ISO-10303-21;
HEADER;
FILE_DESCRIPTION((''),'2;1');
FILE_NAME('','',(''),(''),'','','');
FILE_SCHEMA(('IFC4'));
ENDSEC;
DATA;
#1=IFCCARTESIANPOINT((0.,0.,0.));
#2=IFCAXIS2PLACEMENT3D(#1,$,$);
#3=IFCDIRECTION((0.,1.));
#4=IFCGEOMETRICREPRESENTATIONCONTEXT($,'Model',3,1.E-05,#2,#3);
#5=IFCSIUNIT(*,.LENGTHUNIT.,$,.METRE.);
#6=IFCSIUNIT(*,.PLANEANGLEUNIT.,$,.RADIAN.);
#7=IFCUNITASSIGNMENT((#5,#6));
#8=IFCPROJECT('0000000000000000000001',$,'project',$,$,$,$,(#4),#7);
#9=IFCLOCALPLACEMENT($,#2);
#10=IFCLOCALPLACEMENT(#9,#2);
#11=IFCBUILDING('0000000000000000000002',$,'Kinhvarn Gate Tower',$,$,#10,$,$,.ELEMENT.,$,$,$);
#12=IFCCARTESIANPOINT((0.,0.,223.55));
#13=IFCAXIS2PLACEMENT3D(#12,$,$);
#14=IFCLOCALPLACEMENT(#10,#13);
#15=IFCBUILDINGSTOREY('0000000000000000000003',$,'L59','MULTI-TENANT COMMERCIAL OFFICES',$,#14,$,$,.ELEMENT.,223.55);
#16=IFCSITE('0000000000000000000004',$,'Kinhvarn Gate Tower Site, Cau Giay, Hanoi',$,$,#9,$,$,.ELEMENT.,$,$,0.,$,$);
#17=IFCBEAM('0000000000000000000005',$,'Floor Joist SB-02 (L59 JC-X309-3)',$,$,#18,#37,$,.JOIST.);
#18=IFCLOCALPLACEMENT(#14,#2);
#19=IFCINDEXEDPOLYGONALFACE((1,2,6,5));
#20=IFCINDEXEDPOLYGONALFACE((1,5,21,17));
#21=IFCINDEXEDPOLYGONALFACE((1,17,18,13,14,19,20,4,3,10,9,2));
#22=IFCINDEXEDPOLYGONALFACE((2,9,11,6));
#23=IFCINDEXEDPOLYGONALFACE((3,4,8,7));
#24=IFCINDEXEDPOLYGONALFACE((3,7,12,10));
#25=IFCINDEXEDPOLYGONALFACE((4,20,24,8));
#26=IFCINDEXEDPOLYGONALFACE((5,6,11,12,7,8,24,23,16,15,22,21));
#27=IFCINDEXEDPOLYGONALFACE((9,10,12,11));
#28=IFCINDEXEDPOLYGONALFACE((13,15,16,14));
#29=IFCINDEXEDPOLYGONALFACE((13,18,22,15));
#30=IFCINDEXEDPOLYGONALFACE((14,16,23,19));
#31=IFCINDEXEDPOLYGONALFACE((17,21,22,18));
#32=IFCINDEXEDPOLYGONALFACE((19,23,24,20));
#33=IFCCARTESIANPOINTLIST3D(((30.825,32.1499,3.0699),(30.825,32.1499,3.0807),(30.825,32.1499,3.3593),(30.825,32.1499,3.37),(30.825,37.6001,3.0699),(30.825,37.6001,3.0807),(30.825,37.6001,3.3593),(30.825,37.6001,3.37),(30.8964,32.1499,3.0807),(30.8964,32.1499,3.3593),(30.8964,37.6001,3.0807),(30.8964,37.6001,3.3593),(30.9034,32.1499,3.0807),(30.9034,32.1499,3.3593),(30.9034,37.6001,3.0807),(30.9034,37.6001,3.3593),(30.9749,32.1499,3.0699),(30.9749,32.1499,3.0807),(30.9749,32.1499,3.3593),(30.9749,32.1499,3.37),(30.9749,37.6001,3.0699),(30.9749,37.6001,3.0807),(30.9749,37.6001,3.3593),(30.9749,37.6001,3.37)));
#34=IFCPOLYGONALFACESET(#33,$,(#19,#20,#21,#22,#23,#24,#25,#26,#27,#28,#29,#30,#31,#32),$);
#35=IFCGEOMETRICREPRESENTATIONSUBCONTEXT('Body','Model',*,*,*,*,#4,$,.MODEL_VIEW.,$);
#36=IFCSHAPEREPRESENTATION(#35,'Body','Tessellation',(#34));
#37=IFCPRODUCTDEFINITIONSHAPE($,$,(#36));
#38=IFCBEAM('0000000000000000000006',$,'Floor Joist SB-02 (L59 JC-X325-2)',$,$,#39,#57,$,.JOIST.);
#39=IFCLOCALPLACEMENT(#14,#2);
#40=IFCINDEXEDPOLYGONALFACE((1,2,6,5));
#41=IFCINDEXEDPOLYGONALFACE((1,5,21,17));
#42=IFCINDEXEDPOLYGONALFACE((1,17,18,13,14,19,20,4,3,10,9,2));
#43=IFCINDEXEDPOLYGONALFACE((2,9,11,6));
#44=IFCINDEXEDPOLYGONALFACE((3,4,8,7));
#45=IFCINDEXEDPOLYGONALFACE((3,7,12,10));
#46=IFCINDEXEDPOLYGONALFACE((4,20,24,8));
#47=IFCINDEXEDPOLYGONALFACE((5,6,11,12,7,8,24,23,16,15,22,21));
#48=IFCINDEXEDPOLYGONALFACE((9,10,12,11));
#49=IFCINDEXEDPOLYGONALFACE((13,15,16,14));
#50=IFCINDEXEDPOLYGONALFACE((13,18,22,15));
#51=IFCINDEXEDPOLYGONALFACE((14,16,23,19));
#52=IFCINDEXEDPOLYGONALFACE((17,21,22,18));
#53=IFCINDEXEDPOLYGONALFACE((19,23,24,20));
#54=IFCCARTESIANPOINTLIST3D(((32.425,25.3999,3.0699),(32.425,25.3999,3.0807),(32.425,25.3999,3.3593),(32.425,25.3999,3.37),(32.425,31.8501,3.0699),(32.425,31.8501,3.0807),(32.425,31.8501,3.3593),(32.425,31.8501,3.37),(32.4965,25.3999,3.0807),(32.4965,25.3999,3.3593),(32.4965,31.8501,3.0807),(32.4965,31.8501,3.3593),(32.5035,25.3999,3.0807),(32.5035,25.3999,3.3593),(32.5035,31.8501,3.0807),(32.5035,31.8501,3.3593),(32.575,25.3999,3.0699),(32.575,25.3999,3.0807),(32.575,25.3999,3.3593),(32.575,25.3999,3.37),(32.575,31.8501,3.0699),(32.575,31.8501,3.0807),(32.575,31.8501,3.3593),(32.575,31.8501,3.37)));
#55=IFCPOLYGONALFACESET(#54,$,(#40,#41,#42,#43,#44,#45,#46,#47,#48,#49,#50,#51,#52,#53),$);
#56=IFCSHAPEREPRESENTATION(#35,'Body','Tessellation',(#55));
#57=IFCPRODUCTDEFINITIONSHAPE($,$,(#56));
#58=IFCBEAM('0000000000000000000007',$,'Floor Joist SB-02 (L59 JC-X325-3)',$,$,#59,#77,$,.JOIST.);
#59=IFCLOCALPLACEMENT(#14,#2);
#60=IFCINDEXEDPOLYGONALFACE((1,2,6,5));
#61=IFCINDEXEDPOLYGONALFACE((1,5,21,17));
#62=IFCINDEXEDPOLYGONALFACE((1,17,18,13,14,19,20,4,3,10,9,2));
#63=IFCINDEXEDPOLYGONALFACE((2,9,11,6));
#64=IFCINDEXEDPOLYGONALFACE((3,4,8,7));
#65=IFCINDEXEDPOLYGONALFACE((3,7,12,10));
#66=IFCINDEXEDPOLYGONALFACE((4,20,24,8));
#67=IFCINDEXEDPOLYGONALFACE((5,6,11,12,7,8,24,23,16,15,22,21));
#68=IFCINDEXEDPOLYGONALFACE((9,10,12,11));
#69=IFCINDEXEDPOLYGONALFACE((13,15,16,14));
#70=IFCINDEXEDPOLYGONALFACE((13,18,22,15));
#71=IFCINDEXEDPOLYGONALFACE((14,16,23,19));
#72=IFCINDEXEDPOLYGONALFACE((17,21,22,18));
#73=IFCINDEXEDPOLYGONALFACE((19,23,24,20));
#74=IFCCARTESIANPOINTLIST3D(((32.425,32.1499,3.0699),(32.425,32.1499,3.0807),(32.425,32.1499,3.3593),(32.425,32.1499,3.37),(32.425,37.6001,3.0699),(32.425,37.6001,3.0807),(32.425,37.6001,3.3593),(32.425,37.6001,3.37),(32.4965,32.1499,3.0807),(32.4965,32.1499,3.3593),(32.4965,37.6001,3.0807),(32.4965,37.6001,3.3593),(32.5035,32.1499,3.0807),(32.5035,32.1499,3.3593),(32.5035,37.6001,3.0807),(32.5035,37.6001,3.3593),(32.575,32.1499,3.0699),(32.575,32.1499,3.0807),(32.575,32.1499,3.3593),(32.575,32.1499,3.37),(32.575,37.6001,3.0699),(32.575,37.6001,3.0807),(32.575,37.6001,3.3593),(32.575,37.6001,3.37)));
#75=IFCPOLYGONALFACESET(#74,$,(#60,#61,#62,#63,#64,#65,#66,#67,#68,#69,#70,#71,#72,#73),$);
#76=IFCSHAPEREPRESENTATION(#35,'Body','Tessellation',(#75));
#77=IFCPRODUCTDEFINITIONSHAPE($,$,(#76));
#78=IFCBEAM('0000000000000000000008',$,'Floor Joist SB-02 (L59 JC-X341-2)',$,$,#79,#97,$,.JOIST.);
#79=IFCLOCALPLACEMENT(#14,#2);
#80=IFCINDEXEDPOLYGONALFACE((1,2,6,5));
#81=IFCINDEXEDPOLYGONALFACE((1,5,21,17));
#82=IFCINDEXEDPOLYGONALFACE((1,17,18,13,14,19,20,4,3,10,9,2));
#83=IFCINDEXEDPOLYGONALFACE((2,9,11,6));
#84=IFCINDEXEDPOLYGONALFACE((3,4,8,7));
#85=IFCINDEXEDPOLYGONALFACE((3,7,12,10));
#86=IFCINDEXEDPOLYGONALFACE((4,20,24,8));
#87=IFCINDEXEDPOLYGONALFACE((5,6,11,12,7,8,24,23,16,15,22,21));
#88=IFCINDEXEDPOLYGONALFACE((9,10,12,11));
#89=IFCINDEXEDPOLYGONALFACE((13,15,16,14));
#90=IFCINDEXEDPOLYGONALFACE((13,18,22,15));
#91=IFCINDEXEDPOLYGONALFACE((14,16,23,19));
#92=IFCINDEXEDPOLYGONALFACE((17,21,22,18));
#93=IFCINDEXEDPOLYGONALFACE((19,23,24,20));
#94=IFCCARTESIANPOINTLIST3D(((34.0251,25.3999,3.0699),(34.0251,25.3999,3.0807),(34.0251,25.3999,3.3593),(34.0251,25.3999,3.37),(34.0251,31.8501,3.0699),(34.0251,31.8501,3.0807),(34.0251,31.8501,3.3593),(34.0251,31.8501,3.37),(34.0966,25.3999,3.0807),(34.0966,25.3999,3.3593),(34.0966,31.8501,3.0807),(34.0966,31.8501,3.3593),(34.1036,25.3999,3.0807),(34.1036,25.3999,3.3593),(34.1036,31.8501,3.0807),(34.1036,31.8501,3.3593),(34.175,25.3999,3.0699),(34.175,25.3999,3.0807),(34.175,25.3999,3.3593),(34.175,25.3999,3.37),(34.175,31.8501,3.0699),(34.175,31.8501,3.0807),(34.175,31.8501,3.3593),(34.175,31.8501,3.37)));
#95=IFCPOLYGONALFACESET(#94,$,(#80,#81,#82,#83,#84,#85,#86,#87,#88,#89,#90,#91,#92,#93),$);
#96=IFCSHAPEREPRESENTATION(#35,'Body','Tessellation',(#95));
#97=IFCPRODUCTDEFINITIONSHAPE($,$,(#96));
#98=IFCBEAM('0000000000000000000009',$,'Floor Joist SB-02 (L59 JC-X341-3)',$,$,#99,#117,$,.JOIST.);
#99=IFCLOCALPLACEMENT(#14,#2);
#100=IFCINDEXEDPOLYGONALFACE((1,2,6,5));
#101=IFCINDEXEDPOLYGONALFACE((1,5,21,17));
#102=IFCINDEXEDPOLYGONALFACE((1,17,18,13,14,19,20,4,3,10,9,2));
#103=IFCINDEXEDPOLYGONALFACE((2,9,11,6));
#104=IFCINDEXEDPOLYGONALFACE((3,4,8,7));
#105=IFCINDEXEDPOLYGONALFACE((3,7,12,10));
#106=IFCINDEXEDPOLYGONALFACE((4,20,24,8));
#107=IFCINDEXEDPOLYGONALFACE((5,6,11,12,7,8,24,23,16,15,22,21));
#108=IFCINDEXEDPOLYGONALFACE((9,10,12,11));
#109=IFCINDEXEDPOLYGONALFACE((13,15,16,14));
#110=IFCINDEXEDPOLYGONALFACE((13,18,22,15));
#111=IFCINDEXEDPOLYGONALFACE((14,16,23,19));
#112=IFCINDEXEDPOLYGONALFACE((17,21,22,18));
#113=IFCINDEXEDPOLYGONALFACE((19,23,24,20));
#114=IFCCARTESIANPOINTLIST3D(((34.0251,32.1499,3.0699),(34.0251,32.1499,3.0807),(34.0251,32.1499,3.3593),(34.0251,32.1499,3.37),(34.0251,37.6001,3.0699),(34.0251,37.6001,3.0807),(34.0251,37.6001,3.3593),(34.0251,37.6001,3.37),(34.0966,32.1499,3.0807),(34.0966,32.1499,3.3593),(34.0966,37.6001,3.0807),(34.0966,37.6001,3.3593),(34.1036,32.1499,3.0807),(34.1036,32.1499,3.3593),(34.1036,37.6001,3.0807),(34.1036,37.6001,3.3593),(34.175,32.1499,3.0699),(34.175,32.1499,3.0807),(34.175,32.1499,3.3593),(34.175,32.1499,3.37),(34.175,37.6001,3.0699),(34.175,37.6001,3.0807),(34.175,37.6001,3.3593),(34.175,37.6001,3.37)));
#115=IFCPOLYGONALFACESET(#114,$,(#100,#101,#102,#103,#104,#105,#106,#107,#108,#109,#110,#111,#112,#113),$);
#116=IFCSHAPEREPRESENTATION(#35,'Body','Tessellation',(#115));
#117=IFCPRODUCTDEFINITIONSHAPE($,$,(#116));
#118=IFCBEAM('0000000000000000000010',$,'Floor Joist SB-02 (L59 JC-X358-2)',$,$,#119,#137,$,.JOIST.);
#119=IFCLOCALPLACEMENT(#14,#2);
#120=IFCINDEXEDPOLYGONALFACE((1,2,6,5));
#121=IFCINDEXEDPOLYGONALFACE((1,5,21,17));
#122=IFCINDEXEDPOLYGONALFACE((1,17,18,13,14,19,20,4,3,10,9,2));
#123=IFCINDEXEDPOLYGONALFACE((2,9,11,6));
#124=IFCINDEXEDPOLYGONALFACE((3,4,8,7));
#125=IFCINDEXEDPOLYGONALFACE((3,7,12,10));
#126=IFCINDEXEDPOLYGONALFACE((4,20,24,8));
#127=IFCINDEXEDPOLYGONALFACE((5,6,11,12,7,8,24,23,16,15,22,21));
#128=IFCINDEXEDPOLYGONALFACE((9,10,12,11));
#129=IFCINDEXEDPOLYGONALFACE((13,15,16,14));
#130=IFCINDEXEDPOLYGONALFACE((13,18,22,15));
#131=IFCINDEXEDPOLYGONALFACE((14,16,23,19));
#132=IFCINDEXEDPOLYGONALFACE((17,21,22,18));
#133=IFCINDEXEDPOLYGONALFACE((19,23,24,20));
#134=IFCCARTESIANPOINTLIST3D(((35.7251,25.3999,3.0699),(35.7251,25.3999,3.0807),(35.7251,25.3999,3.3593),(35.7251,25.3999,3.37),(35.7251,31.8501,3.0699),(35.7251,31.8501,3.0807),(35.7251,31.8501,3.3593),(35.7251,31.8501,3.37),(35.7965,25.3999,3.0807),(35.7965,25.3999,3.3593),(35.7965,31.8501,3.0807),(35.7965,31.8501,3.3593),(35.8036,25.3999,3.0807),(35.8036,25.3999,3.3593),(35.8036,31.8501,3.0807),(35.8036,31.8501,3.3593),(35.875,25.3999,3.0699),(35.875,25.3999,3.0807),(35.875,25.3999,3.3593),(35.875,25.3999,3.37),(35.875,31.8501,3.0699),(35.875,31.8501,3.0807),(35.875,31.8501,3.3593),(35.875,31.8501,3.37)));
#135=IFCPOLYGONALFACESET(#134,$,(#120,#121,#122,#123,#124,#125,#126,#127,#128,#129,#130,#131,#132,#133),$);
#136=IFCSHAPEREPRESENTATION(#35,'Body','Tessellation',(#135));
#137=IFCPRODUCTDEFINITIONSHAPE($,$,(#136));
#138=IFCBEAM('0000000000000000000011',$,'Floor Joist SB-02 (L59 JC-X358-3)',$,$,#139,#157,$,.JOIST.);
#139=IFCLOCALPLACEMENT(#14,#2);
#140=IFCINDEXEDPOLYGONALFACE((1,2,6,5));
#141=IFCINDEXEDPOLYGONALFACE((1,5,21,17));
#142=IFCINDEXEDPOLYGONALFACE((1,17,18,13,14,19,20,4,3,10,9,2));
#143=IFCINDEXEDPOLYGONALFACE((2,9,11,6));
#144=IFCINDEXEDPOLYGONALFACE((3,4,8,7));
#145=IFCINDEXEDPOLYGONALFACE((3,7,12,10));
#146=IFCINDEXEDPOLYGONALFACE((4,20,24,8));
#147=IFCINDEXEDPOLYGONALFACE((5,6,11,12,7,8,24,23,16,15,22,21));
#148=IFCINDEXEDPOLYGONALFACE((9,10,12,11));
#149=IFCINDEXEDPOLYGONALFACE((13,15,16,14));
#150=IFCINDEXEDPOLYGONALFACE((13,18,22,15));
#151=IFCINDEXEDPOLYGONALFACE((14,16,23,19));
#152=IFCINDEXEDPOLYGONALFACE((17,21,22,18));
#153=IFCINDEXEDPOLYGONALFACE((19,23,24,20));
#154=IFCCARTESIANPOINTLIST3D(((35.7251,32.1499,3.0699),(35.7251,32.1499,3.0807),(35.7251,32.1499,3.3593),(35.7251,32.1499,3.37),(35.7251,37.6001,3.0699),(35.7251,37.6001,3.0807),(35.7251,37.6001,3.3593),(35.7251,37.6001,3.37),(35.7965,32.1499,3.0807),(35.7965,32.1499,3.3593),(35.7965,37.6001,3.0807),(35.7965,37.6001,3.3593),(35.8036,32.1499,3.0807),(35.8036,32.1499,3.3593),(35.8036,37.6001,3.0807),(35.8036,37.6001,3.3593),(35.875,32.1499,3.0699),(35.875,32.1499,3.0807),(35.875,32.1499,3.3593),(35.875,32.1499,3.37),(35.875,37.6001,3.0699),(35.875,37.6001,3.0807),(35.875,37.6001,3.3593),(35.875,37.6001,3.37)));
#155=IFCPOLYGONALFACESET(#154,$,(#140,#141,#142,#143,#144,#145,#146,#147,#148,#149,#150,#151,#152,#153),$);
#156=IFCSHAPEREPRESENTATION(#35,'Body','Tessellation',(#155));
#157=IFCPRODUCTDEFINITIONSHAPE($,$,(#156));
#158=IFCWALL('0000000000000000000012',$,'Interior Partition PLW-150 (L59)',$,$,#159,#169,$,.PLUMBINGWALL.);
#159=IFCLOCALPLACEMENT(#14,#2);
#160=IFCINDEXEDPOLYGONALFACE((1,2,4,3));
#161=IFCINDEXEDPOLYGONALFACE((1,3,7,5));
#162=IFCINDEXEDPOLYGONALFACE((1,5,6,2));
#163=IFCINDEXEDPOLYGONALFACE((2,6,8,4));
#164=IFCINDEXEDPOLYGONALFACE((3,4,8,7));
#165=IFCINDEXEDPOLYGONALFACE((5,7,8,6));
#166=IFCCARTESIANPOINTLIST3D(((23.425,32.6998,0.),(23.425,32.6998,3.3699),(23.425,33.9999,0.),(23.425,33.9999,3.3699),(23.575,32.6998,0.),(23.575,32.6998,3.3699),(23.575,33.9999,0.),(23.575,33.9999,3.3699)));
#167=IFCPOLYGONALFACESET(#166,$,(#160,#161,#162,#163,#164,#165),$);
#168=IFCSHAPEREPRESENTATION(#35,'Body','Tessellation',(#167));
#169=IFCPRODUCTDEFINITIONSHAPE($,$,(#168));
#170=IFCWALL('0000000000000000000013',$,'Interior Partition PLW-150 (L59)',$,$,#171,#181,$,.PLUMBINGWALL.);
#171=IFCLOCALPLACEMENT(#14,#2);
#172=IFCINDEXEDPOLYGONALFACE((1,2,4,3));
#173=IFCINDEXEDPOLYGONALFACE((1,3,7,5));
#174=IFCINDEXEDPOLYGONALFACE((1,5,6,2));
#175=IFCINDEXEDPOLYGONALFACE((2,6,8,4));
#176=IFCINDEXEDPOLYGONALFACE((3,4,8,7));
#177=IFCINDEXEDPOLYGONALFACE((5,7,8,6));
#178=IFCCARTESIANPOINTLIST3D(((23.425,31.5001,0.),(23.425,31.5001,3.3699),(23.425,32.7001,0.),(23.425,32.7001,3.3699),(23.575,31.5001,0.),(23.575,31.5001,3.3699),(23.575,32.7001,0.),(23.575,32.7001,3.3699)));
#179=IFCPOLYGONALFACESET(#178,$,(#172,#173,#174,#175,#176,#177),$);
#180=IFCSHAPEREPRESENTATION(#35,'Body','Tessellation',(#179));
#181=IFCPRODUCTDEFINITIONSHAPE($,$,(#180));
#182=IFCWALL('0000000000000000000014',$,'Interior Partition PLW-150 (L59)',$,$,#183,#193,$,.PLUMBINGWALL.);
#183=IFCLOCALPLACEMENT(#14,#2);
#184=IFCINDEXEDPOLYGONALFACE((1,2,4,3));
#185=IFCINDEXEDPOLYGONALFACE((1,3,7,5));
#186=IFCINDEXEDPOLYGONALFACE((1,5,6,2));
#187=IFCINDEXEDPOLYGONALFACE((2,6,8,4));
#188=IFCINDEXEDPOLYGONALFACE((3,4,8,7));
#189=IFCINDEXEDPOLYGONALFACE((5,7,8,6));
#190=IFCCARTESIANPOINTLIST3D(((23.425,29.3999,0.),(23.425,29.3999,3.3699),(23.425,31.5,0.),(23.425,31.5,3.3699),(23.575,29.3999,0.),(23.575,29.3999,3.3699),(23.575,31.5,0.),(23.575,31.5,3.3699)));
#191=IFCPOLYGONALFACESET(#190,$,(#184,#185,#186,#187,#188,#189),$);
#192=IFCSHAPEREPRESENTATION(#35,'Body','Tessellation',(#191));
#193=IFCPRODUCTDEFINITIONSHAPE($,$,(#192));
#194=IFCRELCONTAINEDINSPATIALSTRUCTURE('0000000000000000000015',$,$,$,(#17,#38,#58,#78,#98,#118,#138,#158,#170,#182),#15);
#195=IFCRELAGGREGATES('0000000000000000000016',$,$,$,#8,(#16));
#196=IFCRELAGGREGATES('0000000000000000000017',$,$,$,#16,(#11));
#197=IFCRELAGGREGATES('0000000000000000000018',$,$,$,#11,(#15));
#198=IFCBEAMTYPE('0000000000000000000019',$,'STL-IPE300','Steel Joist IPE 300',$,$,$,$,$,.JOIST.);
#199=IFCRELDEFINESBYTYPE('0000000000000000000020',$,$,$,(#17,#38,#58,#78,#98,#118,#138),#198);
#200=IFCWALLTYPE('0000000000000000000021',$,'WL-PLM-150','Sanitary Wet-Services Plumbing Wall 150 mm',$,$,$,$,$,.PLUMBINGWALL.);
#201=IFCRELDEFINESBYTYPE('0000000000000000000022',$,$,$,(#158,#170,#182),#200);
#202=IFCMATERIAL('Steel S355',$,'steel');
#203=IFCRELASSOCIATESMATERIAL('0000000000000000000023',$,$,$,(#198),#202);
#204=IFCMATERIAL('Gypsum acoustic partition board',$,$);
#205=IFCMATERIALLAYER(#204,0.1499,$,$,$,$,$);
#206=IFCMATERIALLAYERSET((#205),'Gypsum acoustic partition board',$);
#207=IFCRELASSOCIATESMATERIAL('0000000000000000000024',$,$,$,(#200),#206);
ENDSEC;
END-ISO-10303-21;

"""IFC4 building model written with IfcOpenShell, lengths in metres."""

from ifc_helpers import new_model, si_unit, direction, frame, frame_2d, origin, origin_2d, place, context, subcontext, project, spatial, rectangle, i_section, extrude, material, layer, layer_set, material_profile, profile_set, type_object, element, save


model = new_model("IFC4")

# Units and contexts
model_context = context("Model", 3, precision=1e-05, world=origin(), true_north=direction((0.0, 1.0)))
body_context = subcontext(model_context, "Body", "Model", "MODEL_VIEW")
ifc_project = project(units=[si_unit("LENGTHUNIT", "METRE"), si_unit("PLANEANGLEUNIT", "RADIAN")], contexts=[model_context])

# Site, building, storey
site_placement = place(None, origin())
site = spatial("IfcSite", under=ifc_project, at=site_placement, Name="Kinhvarn Gate Tower Site, Cau Giay, Hanoi", CompositionType="ELEMENT", RefElevation=0.0)
building_placement = place(site_placement, origin())
building = spatial("IfcBuilding", under=site, at=building_placement, Name="Kinhvarn Gate Tower", CompositionType="ELEMENT")
storey_placement = place(building_placement, frame((0.0, 0.0, 223.55)))
storey = spatial("IfcBuildingStorey", under=building, at=storey_placement, Name="L59", Description="MULTI-TENANT COMMERCIAL OFFICES", CompositionType="ELEMENT", Elevation=223.55)

# Beams
ifc_material_1 = material(Name="Steel S355", Category="steel")
ifc_material_profile = material_profile(ifc_material_1, i_section(OverallWidth=0.1499, OverallDepth=0.3, WebThickness=0.0071, FlangeThickness=0.0107, at=origin_2d()), Name="IPE 300")
ifc_profile_set = profile_set([ifc_material_profile], Name="Steel S355")
beam_type = type_object("IfcBeamType", Name="STL-IPE300", Description="Steel Joist IPE 300", PredefinedType="JOIST", material=ifc_profile_set)
beam_1_placement = place(storey_placement, frame((30.8999, 32.1499, 3.22), z_axis=(0.0, 1.0, 0.0), x_axis=(-1.0, 0.0, 0.0)))
element("IfcBeam", 1, at=beam_1_placement, inside=storey, type_object=beam_type, Name="Floor Joist SB-02 (L59 JC-X309-3)", PredefinedType="JOIST", context=body_context, shape_type="SweptSolid", body=[
    extrude(i_section(OverallWidth=0.1499, OverallDepth=0.3, WebThickness=0.0071, FlangeThickness=0.0107, at=origin_2d()), origin(), (0.0, 0.0, 1.0), 5.4502),
])
beam_2_placement = place(storey_placement, frame((32.5, 25.3999, 3.22), z_axis=(0.0, 1.0, 0.0), x_axis=(-1.0, 0.0, 0.0)))
element("IfcBeam", 2, at=beam_2_placement, inside=storey, type_object=beam_type, Name="Floor Joist SB-02 (L59 JC-X325-2)", PredefinedType="JOIST", context=body_context, shape_type="SweptSolid", body=[
    extrude(i_section(OverallWidth=0.1499, OverallDepth=0.3, WebThickness=0.0071, FlangeThickness=0.0107, at=origin_2d()), origin(), (0.0, 0.0, 1.0), 6.4502),
])
beam_3_placement = place(storey_placement, frame((32.5, 32.1499, 3.22), z_axis=(0.0, 1.0, 0.0), x_axis=(-1.0, 0.0, 0.0)))
element("IfcBeam", 3, at=beam_3_placement, inside=storey, type_object=beam_type, Name="Floor Joist SB-02 (L59 JC-X325-3)", PredefinedType="JOIST", context=body_context, shape_type="SweptSolid", body=[
    extrude(i_section(OverallWidth=0.1499, OverallDepth=0.3, WebThickness=0.0071, FlangeThickness=0.0107, at=origin_2d()), origin(), (0.0, 0.0, 1.0), 5.4502),
])
beam_4_placement = place(storey_placement, frame((34.1001, 25.3999, 3.22), z_axis=(0.0, 1.0, 0.0), x_axis=(-1.0, 0.0, 0.0)))
element("IfcBeam", 4, at=beam_4_placement, inside=storey, type_object=beam_type, Name="Floor Joist SB-02 (L59 JC-X341-2)", PredefinedType="JOIST", context=body_context, shape_type="SweptSolid", body=[
    extrude(i_section(OverallWidth=0.1499, OverallDepth=0.3, WebThickness=0.0071, FlangeThickness=0.0107, at=origin_2d()), origin(), (0.0, 0.0, 1.0), 6.4502),
])
beam_5_placement = place(storey_placement, frame((34.1001, 32.1499, 3.22), z_axis=(0.0, 1.0, 0.0), x_axis=(-1.0, 0.0, 0.0)))
element("IfcBeam", 5, at=beam_5_placement, inside=storey, type_object=beam_type, Name="Floor Joist SB-02 (L59 JC-X341-3)", PredefinedType="JOIST", context=body_context, shape_type="SweptSolid", body=[
    extrude(i_section(OverallWidth=0.1499, OverallDepth=0.3, WebThickness=0.0071, FlangeThickness=0.0107, at=origin_2d()), origin(), (0.0, 0.0, 1.0), 5.4502),
])
beam_6_placement = place(storey_placement, frame((35.8, 25.3999, 3.22), z_axis=(0.0, 1.0, 0.0), x_axis=(-1.0, 0.0, 0.0)))
element("IfcBeam", 6, at=beam_6_placement, inside=storey, type_object=beam_type, Name="Floor Joist SB-02 (L59 JC-X358-2)", PredefinedType="JOIST", context=body_context, shape_type="SweptSolid", body=[
    extrude(i_section(OverallWidth=0.1499, OverallDepth=0.3, WebThickness=0.0071, FlangeThickness=0.0107, at=origin_2d()), origin(), (0.0, 0.0, 1.0), 6.4502),
])
beam_7_placement = place(storey_placement, frame((35.8, 32.1499, 3.22), z_axis=(0.0, 1.0, 0.0), x_axis=(-1.0, 0.0, 0.0)))
element("IfcBeam", 7, at=beam_7_placement, inside=storey, type_object=beam_type, Name="Floor Joist SB-02 (L59 JC-X358-3)", PredefinedType="JOIST", context=body_context, shape_type="SweptSolid", body=[
    extrude(i_section(OverallWidth=0.1499, OverallDepth=0.3, WebThickness=0.0071, FlangeThickness=0.0107, at=origin_2d()), origin(), (0.0, 0.0, 1.0), 5.4502),
])

# Walls
ifc_material_2 = material(Name="Gypsum acoustic partition board")
ifc_layer_1 = layer(ifc_material_2, 0.1499)
ifc_layer_set_1 = layer_set([ifc_layer_1], Name="Gypsum acoustic partition board")
wall_type_1 = type_object("IfcWallType", Name="WL-PLM-150", Description="Sanitary Wet-Services Plumbing Wall 150 mm", PredefinedType="PLUMBINGWALL", material=ifc_layer_set_1)
wall_1_placement = place(storey_placement, frame((23.5, 32.7, 0.0), z_axis=(0.0, 0.0, 1.0), x_axis=(0.0, 1.0, 0.0)))
element("IfcWall", 8, at=wall_1_placement, inside=storey, type_object=wall_type_1, Name="Interior Partition PLW-150 (L59)", PredefinedType="PLUMBINGWALL", context=body_context, shape_type="SweptSolid", body=[
    extrude(rectangle(XDim=1.3, YDim=0.1499, at=frame_2d((0.6499, 0.0))), origin(), (0.0, 0.0, 1.0), 3.3699),
])
wall_2_placement = place(storey_placement, frame((23.5, 31.5, 0.0), z_axis=(0.0, 0.0, 1.0), x_axis=(0.0, 1.0, 0.0)))
element("IfcWall", 9, at=wall_2_placement, inside=storey, type_object=wall_type_1, Name="Interior Partition PLW-150 (L59)", PredefinedType="PLUMBINGWALL", context=body_context, shape_type="SweptSolid", body=[
    extrude(rectangle(XDim=1.2, YDim=0.1499, at=frame_2d((0.6001, 0.0))), origin(), (0.0, 0.0, 1.0), 3.3699),
])
wall_3_placement = place(storey_placement, frame((23.5, 29.3999, 0.0), z_axis=(0.0, 0.0, 1.0), x_axis=(0.0, 1.0, 0.0)))
element("IfcWall", 10, at=wall_3_placement, inside=storey, type_object=wall_type_1, Name="Interior Partition PLW-150 (L59)", PredefinedType="PLUMBINGWALL", context=body_context, shape_type="SweptSolid", body=[
    extrude(rectangle(XDim=2.1001, YDim=0.1499, at=frame_2d((1.05, 0.0))), origin(), (0.0, 0.0, 1.0), 3.3699),
])

save(model, "model.ifc")
